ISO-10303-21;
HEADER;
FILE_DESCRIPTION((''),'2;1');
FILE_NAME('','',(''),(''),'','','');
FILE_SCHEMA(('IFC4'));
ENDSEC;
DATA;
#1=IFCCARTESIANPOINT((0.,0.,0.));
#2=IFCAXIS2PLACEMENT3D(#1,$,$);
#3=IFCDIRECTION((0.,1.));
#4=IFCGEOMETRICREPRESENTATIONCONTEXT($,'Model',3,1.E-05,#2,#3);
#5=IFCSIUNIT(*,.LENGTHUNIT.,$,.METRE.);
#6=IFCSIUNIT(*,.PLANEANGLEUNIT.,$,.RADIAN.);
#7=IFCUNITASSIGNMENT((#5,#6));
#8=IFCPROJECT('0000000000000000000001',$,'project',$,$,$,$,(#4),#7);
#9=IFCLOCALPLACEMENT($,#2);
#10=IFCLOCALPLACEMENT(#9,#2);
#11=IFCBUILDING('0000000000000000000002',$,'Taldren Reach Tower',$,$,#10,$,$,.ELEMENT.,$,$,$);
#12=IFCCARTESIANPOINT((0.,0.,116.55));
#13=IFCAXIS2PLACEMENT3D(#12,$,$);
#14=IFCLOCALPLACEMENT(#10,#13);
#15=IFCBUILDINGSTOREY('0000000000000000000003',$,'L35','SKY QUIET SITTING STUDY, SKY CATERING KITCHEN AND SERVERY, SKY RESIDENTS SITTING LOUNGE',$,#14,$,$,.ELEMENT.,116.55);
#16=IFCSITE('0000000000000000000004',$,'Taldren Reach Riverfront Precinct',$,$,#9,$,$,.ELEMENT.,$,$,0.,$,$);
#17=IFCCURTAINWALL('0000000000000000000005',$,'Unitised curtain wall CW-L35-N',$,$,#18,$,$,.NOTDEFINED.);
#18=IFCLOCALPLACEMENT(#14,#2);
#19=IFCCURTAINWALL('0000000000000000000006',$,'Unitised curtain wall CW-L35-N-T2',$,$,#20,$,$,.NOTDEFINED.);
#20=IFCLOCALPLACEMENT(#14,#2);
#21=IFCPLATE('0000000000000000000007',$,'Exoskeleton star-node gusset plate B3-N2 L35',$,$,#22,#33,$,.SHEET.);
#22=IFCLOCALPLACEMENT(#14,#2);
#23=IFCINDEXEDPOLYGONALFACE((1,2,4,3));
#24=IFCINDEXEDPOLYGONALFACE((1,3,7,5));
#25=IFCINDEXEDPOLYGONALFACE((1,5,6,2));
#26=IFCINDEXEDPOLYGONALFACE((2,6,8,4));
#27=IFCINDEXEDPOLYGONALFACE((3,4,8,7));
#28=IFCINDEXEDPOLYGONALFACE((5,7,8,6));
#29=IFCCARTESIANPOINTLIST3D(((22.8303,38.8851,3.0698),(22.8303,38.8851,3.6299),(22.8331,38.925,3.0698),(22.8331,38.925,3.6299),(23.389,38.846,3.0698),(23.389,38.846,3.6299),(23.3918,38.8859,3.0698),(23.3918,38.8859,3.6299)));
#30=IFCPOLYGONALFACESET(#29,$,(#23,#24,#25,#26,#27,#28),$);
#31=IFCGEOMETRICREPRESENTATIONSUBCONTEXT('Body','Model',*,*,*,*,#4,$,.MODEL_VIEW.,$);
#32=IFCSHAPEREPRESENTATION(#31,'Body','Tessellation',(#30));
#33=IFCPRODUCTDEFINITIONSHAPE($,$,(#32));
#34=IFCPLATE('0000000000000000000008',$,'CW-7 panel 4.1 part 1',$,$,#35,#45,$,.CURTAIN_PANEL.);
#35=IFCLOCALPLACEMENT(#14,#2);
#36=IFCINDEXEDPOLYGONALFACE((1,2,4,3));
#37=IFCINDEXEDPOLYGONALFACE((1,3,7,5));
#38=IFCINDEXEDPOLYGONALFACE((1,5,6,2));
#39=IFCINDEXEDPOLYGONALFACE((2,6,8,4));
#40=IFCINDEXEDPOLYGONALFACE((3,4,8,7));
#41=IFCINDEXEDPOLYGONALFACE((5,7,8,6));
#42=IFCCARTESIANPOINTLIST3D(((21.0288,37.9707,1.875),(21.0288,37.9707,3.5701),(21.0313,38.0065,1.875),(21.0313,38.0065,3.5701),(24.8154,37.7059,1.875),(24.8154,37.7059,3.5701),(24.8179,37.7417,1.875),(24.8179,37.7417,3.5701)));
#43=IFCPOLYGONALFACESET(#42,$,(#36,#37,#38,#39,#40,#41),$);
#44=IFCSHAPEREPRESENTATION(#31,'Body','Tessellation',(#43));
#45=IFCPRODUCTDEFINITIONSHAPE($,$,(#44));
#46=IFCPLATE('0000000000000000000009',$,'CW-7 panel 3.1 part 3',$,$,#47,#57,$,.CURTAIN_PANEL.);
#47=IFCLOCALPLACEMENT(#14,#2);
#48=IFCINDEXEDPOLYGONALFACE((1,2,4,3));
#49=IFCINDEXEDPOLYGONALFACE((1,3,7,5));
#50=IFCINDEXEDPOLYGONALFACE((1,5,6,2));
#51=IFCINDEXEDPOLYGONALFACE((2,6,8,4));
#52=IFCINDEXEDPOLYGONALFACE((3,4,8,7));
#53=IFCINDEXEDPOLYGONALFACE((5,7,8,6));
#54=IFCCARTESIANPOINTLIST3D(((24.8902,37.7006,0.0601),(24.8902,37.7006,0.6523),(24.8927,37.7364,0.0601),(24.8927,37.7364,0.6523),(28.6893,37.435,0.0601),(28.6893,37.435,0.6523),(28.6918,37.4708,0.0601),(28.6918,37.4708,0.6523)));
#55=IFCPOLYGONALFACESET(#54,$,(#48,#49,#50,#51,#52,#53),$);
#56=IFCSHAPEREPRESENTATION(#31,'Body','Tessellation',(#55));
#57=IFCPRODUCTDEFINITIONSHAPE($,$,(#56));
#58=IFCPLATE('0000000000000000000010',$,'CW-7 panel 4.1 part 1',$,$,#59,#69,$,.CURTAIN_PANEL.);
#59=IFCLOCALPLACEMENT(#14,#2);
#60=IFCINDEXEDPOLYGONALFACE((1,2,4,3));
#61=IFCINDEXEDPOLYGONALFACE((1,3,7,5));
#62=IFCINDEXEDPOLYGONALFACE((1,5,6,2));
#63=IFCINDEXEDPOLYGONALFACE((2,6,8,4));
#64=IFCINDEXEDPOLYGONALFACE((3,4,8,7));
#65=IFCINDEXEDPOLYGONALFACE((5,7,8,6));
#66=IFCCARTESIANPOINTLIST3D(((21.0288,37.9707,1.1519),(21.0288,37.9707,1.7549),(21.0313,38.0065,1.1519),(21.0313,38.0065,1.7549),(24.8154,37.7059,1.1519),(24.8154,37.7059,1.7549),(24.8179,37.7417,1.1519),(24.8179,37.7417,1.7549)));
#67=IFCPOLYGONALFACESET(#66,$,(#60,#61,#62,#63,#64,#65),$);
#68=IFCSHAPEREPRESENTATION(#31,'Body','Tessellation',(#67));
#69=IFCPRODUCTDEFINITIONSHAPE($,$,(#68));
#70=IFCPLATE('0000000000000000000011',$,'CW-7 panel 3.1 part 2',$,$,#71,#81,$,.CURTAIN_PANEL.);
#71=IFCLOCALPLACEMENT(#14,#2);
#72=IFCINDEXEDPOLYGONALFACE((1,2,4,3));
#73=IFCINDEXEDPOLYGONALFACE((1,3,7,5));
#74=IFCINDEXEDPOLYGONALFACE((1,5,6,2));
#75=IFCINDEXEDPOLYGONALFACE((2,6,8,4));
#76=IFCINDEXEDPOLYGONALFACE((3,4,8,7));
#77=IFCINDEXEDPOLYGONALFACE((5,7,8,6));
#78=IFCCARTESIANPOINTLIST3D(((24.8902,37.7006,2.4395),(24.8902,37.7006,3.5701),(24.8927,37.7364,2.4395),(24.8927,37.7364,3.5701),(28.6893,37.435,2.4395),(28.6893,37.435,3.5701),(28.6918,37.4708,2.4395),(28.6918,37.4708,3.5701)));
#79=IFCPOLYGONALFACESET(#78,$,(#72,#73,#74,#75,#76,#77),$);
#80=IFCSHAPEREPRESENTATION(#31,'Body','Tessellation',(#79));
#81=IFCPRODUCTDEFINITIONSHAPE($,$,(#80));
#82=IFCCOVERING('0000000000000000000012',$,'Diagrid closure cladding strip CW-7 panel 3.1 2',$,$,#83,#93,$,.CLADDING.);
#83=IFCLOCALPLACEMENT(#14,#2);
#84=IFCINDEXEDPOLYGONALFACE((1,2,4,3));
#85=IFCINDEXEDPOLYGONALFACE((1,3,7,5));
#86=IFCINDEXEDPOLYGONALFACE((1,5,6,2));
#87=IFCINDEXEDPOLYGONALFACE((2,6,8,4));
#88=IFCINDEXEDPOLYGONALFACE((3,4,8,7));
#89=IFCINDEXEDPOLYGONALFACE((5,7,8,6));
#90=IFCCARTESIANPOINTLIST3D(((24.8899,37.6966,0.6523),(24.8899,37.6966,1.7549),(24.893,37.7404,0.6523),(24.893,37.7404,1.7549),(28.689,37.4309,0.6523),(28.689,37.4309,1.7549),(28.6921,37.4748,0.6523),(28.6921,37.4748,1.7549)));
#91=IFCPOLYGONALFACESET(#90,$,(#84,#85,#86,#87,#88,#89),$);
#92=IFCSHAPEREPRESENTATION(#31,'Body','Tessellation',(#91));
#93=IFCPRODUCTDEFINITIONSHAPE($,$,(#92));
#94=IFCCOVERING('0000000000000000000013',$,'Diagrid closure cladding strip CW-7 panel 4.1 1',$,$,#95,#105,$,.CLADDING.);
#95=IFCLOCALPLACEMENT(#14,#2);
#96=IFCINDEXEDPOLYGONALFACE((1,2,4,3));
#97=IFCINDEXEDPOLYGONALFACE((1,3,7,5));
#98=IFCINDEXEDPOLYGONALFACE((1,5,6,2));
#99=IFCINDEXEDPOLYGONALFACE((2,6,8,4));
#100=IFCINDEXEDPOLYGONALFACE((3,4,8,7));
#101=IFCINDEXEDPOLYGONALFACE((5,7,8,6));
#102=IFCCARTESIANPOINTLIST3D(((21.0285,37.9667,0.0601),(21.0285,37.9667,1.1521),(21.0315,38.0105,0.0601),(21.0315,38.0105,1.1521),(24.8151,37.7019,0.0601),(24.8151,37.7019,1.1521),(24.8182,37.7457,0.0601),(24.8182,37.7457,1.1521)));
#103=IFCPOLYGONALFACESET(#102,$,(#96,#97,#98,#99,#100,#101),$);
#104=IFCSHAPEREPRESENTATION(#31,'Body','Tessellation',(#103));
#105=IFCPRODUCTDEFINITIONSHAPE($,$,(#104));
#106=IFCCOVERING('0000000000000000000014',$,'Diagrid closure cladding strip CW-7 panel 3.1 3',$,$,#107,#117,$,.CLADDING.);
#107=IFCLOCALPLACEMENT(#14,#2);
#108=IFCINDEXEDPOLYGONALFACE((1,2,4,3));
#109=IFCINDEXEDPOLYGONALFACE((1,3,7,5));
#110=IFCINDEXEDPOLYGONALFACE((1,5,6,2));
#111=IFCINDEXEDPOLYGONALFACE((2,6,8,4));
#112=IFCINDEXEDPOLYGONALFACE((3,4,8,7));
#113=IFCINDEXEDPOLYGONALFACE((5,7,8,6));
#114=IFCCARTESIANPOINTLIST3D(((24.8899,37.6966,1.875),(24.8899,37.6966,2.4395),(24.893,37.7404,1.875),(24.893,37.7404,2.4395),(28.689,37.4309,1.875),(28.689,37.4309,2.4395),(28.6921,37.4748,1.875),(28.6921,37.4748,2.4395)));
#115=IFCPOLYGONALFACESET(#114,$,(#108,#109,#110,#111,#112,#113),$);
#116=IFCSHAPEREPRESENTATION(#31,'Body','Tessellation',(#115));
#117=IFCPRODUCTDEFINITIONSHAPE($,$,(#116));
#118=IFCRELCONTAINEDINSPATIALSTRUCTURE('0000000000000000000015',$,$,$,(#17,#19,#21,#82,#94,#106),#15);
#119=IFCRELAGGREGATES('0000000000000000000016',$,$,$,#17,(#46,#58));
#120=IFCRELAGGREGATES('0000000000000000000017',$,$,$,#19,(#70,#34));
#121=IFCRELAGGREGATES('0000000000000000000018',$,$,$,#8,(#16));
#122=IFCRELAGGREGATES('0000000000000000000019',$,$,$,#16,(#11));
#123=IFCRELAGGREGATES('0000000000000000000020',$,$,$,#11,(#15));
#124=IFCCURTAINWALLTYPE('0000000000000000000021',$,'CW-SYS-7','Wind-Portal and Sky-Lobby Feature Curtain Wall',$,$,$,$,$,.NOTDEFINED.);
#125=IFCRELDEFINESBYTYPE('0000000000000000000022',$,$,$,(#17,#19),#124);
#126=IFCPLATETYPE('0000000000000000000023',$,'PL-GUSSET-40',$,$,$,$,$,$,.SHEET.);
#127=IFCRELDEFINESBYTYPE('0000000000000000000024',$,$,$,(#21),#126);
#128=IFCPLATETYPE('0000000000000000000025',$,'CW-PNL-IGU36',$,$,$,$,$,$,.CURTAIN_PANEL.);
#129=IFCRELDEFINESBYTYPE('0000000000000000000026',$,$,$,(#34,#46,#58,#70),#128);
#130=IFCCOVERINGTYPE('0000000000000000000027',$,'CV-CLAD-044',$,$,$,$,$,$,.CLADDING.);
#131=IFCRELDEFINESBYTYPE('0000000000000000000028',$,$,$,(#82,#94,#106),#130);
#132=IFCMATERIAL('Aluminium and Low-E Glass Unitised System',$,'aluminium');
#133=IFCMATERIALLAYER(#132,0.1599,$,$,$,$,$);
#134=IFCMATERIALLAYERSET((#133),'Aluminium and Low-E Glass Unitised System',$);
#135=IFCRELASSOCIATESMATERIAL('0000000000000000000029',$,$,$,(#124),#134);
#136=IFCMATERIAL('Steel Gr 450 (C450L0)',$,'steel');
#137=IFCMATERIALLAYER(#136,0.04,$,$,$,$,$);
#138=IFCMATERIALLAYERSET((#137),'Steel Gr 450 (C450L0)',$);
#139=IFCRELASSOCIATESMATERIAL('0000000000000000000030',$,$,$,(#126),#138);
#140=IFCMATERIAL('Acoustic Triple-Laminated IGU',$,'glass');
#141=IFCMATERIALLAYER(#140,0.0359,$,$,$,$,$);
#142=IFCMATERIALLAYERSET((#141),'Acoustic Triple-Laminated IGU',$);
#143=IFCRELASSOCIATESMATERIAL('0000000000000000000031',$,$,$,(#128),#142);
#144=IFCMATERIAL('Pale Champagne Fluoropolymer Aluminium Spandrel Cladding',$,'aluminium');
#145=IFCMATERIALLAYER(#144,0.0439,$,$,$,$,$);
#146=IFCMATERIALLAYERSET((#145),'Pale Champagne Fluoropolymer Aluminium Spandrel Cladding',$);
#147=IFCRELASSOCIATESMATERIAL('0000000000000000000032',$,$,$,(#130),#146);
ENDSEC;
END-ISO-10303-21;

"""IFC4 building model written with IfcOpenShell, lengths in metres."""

from ifc_helpers import new_model, si_unit, direction, frame, origin, origin_2d, place, context, subcontext, project, spatial, rectangle, extrude, source, transform, mapped, material, layer, layer_set, type_object, element, aggregate, save


model = new_model("IFC4")

# Units and contexts
model_context = context("Model", 3, precision=1e-05, world=origin(), true_north=direction((0.0, 1.0)))
body_context = subcontext(model_context, "Body", "Model", "MODEL_VIEW")
ifc_project = project(units=[si_unit("LENGTHUNIT", "METRE"), si_unit("PLANEANGLEUNIT", "RADIAN")], contexts=[model_context])

# Site, building, storey
site_placement = place(None, origin())
site = spatial("IfcSite", under=ifc_project, at=site_placement, Name="Taldren Reach Riverfront Precinct", CompositionType="ELEMENT", RefElevation=0.0)
building_placement = place(site_placement, origin())
building = spatial("IfcBuilding", under=site, at=building_placement, Name="Taldren Reach Tower", CompositionType="ELEMENT")
storey_placement = place(building_placement, frame((0.0, 0.0, 116.55)))
storey = spatial("IfcBuildingStorey", under=building, at=storey_placement, Name="L35", Description="SKY QUIET SITTING STUDY, SKY CATERING KITCHEN AND SERVERY, SKY RESIDENTS SITTING LOUNGE", CompositionType="ELEMENT", Elevation=116.55)

# Shared definitions
ifc_material_1 = material(Name="Steel Gr 450 (C450L0)", Category="steel")

# Curtain walls
ifc_material_2 = material(Name="Aluminium and Low-E Glass Unitised System", Category="aluminium")
ifc_layer_1 = layer(ifc_material_2, 0.1599)
ifc_layer_set_1 = layer_set([ifc_layer_1], Name="Aluminium and Low-E Glass Unitised System")
curtain_wall_type = type_object("IfcCurtainWallType", Name="CW-SYS-7", Description="Wind-Portal and Sky-Lobby Feature Curtain Wall", PredefinedType="NOTDEFINED", material=ifc_layer_set_1)
curtain_wall_1_placement = place(storey_placement, origin())
curtain_wall_1 = element("IfcCurtainWall", 1, at=curtain_wall_1_placement, inside=storey, type_object=curtain_wall_type, Name="Unitised curtain wall CW-L35-N", PredefinedType="NOTDEFINED")
curtain_wall_2_placement = place(storey_placement, origin())
curtain_wall_2 = element("IfcCurtainWall", 2, at=curtain_wall_2_placement, inside=storey, type_object=curtain_wall_type, Name="Unitised curtain wall CW-L35-N-T2", PredefinedType="NOTDEFINED")

# Plates
ifc_layer_2 = layer(ifc_material_1, 0.04)
ifc_layer_set_2 = layer_set([ifc_layer_2], Name="Steel Gr 450 (C450L0)")
plate_type_1 = type_object("IfcPlateType", Name="PL-GUSSET-40", PredefinedType="SHEET", material=ifc_layer_set_2)
shared_shape_1 = source(origin(), body_context, "Body", "SweptSolid", [
    extrude(rectangle(XDim=0.5601, YDim=0.04, at=origin_2d()), origin(), (0.0, 0.0, 1.0), 0.5601),
])
plate_1_placement = place(storey_placement, frame((23.1111, 38.8855, 3.0698), z_axis=(0.0, 0.0, 1.0), x_axis=(0.997564, -0.069756, 0.0)))
element("IfcPlate", 3, at=plate_1_placement, inside=storey, type_object=plate_type_1, Name="Exoskeleton star-node gusset plate B3-N2 L35", PredefinedType="SHEET", context=body_context, shape_type="MappedRepresentation", body=[
    mapped(shared_shape_1, transform((0.0, 0.0, 0.0), scale=1.0)),
])
ifc_material_3 = material(Name="Acoustic Triple-Laminated IGU", Category="glass")
ifc_layer_3 = layer(ifc_material_3, 0.0359)
ifc_layer_set_3 = layer_set([ifc_layer_3], Name="Acoustic Triple-Laminated IGU")
plate_type_2 = type_object("IfcPlateType", Name="CW-PNL-IGU36", PredefinedType="CURTAIN_PANEL", material=ifc_layer_set_3)
shared_shape_2 = source(origin(), body_context, "Body", "SweptSolid", [
    extrude(rectangle(XDim=3.7959, YDim=0.0359, at=origin_2d()), origin(), (0.0, 0.0, 1.0), 1.6951),
])
plate_2_placement = place(storey_placement, frame((22.9233, 37.8562, 1.875), z_axis=(0.0, 0.0, 1.0), x_axis=(-0.997564, 0.069757, 0.0)))
plate_2 = element("IfcPlate", 4, at=plate_2_placement, type_object=plate_type_2, Name="CW-7 panel 4.1 part 1", PredefinedType="CURTAIN_PANEL", context=body_context, shape_type="MappedRepresentation", body=[
    mapped(shared_shape_2, transform((0.0, 0.0, 0.0), scale=1.0)),
])
shared_shape_3 = source(origin(), body_context, "Body", "SweptSolid", [
    extrude(rectangle(XDim=3.8083, YDim=0.0359, at=origin_2d()), origin(), (0.0, 0.0, 1.0), 0.5923),
])
plate_3_placement = place(storey_placement, frame((26.791, 37.5857, 0.0601), z_axis=(0.0, 0.0, 1.0), x_axis=(-0.997564, 0.069757, 0.0)))
plate_3 = element("IfcPlate", 5, at=plate_3_placement, type_object=plate_type_2, Name="CW-7 panel 3.1 part 3", PredefinedType="CURTAIN_PANEL", context=body_context, shape_type="MappedRepresentation", body=[
    mapped(shared_shape_3, transform((0.0, 0.0, 0.0), scale=1.0)),
])
shared_shape_4 = source(origin(), body_context, "Body", "SweptSolid", [
    extrude(rectangle(XDim=3.7959, YDim=0.0359, at=origin_2d()), origin(), (0.0, 0.0, 1.0), 0.603),
])
plate_4_placement = place(storey_placement, frame((22.9233, 37.8562, 1.1519), z_axis=(0.0, 0.0, 1.0), x_axis=(-0.997564, 0.069757, 0.0)))
plate_4 = element("IfcPlate", 6, at=plate_4_placement, type_object=plate_type_2, Name="CW-7 panel 4.1 part 1", PredefinedType="CURTAIN_PANEL", context=body_context, shape_type="MappedRepresentation", body=[
    mapped(shared_shape_4, transform((0.0, 0.0, 0.0), scale=1.0)),
])
aggregate(curtain_wall_1, [plate_3, plate_4])
shared_shape_5 = source(origin(), body_context, "Body", "SweptSolid", [
    extrude(rectangle(XDim=3.8083, YDim=0.0359, at=origin_2d()), origin(), (0.0, 0.0, 1.0), 1.1306),
])
plate_5_placement = place(storey_placement, frame((26.791, 37.5857, 2.4395), z_axis=(0.0, 0.0, 1.0), x_axis=(-0.997564, 0.069757, 0.0)))
plate_5 = element("IfcPlate", 7, at=plate_5_placement, type_object=plate_type_2, Name="CW-7 panel 3.1 part 2", PredefinedType="CURTAIN_PANEL", context=body_context, shape_type="MappedRepresentation", body=[
    mapped(shared_shape_5, transform((0.0, 0.0, 0.0), scale=1.0)),
])
aggregate(curtain_wall_2, [plate_5, plate_2])

# Coverings
ifc_material_4 = material(Name="Pale Champagne Fluoropolymer Aluminium Spandrel Cladding", Category="aluminium")
ifc_layer_4 = layer(ifc_material_4, 0.0439)
ifc_layer_set_4 = layer_set([ifc_layer_4], Name="Pale Champagne Fluoropolymer Aluminium Spandrel Cladding")
covering_type = type_object("IfcCoveringType", Name="CV-CLAD-044", PredefinedType="CLADDING", material=ifc_layer_set_4)
shared_shape_6 = source(origin(), body_context, "Body", "SweptSolid", [
    extrude(rectangle(XDim=3.8083, YDim=0.0439, at=origin_2d()), origin(), (0.0, 0.0, 1.0), 1.1025),
])
covering_1_placement = place(storey_placement, frame((26.791, 37.5857, 0.6523), z_axis=(0.0, 0.0, 1.0), x_axis=(-0.997564, 0.069757, 0.0)))
element("IfcCovering", 8, at=covering_1_placement, inside=storey, type_object=covering_type, Name="Diagrid closure cladding strip CW-7 panel 3.1 2", PredefinedType="CLADDING", context=body_context, shape_type="MappedRepresentation", body=[
    mapped(shared_shape_6, transform((0.0, 0.0, 0.0), scale=1.0)),
])
shared_shape_7 = source(origin(), body_context, "Body", "SweptSolid", [
    extrude(rectangle(XDim=3.7959, YDim=0.0439, at=origin_2d()), origin(), (0.0, 0.0, 1.0), 1.092),
])
covering_2_placement = place(storey_placement, frame((22.9233, 37.8562, 0.0601), z_axis=(0.0, 0.0, 1.0), x_axis=(-0.997564, 0.069757, 0.0)))
element("IfcCovering", 9, at=covering_2_placement, inside=storey, type_object=covering_type, Name="Diagrid closure cladding strip CW-7 panel 4.1 1", PredefinedType="CLADDING", context=body_context, shape_type="MappedRepresentation", body=[
    mapped(shared_shape_7, transform((0.0, 0.0, 0.0), scale=1.0)),
])
shared_shape_8 = source(origin(), body_context, "Body", "SweptSolid", [
    extrude(rectangle(XDim=3.8083, YDim=0.0439, at=origin_2d()), origin(), (0.0, 0.0, 1.0), 0.5645),
])
covering_3_placement = place(storey_placement, frame((26.791, 37.5857, 1.875), z_axis=(0.0, 0.0, 1.0), x_axis=(-0.997564, 0.069757, 0.0)))
element("IfcCovering", 10, at=covering_3_placement, inside=storey, type_object=covering_type, Name="Diagrid closure cladding strip CW-7 panel 3.1 3", PredefinedType="CLADDING", context=body_context, shape_type="MappedRepresentation", body=[
    mapped(shared_shape_8, transform((0.0, 0.0, 0.0), scale=1.0)),
])

save(model, "model.ifc")
